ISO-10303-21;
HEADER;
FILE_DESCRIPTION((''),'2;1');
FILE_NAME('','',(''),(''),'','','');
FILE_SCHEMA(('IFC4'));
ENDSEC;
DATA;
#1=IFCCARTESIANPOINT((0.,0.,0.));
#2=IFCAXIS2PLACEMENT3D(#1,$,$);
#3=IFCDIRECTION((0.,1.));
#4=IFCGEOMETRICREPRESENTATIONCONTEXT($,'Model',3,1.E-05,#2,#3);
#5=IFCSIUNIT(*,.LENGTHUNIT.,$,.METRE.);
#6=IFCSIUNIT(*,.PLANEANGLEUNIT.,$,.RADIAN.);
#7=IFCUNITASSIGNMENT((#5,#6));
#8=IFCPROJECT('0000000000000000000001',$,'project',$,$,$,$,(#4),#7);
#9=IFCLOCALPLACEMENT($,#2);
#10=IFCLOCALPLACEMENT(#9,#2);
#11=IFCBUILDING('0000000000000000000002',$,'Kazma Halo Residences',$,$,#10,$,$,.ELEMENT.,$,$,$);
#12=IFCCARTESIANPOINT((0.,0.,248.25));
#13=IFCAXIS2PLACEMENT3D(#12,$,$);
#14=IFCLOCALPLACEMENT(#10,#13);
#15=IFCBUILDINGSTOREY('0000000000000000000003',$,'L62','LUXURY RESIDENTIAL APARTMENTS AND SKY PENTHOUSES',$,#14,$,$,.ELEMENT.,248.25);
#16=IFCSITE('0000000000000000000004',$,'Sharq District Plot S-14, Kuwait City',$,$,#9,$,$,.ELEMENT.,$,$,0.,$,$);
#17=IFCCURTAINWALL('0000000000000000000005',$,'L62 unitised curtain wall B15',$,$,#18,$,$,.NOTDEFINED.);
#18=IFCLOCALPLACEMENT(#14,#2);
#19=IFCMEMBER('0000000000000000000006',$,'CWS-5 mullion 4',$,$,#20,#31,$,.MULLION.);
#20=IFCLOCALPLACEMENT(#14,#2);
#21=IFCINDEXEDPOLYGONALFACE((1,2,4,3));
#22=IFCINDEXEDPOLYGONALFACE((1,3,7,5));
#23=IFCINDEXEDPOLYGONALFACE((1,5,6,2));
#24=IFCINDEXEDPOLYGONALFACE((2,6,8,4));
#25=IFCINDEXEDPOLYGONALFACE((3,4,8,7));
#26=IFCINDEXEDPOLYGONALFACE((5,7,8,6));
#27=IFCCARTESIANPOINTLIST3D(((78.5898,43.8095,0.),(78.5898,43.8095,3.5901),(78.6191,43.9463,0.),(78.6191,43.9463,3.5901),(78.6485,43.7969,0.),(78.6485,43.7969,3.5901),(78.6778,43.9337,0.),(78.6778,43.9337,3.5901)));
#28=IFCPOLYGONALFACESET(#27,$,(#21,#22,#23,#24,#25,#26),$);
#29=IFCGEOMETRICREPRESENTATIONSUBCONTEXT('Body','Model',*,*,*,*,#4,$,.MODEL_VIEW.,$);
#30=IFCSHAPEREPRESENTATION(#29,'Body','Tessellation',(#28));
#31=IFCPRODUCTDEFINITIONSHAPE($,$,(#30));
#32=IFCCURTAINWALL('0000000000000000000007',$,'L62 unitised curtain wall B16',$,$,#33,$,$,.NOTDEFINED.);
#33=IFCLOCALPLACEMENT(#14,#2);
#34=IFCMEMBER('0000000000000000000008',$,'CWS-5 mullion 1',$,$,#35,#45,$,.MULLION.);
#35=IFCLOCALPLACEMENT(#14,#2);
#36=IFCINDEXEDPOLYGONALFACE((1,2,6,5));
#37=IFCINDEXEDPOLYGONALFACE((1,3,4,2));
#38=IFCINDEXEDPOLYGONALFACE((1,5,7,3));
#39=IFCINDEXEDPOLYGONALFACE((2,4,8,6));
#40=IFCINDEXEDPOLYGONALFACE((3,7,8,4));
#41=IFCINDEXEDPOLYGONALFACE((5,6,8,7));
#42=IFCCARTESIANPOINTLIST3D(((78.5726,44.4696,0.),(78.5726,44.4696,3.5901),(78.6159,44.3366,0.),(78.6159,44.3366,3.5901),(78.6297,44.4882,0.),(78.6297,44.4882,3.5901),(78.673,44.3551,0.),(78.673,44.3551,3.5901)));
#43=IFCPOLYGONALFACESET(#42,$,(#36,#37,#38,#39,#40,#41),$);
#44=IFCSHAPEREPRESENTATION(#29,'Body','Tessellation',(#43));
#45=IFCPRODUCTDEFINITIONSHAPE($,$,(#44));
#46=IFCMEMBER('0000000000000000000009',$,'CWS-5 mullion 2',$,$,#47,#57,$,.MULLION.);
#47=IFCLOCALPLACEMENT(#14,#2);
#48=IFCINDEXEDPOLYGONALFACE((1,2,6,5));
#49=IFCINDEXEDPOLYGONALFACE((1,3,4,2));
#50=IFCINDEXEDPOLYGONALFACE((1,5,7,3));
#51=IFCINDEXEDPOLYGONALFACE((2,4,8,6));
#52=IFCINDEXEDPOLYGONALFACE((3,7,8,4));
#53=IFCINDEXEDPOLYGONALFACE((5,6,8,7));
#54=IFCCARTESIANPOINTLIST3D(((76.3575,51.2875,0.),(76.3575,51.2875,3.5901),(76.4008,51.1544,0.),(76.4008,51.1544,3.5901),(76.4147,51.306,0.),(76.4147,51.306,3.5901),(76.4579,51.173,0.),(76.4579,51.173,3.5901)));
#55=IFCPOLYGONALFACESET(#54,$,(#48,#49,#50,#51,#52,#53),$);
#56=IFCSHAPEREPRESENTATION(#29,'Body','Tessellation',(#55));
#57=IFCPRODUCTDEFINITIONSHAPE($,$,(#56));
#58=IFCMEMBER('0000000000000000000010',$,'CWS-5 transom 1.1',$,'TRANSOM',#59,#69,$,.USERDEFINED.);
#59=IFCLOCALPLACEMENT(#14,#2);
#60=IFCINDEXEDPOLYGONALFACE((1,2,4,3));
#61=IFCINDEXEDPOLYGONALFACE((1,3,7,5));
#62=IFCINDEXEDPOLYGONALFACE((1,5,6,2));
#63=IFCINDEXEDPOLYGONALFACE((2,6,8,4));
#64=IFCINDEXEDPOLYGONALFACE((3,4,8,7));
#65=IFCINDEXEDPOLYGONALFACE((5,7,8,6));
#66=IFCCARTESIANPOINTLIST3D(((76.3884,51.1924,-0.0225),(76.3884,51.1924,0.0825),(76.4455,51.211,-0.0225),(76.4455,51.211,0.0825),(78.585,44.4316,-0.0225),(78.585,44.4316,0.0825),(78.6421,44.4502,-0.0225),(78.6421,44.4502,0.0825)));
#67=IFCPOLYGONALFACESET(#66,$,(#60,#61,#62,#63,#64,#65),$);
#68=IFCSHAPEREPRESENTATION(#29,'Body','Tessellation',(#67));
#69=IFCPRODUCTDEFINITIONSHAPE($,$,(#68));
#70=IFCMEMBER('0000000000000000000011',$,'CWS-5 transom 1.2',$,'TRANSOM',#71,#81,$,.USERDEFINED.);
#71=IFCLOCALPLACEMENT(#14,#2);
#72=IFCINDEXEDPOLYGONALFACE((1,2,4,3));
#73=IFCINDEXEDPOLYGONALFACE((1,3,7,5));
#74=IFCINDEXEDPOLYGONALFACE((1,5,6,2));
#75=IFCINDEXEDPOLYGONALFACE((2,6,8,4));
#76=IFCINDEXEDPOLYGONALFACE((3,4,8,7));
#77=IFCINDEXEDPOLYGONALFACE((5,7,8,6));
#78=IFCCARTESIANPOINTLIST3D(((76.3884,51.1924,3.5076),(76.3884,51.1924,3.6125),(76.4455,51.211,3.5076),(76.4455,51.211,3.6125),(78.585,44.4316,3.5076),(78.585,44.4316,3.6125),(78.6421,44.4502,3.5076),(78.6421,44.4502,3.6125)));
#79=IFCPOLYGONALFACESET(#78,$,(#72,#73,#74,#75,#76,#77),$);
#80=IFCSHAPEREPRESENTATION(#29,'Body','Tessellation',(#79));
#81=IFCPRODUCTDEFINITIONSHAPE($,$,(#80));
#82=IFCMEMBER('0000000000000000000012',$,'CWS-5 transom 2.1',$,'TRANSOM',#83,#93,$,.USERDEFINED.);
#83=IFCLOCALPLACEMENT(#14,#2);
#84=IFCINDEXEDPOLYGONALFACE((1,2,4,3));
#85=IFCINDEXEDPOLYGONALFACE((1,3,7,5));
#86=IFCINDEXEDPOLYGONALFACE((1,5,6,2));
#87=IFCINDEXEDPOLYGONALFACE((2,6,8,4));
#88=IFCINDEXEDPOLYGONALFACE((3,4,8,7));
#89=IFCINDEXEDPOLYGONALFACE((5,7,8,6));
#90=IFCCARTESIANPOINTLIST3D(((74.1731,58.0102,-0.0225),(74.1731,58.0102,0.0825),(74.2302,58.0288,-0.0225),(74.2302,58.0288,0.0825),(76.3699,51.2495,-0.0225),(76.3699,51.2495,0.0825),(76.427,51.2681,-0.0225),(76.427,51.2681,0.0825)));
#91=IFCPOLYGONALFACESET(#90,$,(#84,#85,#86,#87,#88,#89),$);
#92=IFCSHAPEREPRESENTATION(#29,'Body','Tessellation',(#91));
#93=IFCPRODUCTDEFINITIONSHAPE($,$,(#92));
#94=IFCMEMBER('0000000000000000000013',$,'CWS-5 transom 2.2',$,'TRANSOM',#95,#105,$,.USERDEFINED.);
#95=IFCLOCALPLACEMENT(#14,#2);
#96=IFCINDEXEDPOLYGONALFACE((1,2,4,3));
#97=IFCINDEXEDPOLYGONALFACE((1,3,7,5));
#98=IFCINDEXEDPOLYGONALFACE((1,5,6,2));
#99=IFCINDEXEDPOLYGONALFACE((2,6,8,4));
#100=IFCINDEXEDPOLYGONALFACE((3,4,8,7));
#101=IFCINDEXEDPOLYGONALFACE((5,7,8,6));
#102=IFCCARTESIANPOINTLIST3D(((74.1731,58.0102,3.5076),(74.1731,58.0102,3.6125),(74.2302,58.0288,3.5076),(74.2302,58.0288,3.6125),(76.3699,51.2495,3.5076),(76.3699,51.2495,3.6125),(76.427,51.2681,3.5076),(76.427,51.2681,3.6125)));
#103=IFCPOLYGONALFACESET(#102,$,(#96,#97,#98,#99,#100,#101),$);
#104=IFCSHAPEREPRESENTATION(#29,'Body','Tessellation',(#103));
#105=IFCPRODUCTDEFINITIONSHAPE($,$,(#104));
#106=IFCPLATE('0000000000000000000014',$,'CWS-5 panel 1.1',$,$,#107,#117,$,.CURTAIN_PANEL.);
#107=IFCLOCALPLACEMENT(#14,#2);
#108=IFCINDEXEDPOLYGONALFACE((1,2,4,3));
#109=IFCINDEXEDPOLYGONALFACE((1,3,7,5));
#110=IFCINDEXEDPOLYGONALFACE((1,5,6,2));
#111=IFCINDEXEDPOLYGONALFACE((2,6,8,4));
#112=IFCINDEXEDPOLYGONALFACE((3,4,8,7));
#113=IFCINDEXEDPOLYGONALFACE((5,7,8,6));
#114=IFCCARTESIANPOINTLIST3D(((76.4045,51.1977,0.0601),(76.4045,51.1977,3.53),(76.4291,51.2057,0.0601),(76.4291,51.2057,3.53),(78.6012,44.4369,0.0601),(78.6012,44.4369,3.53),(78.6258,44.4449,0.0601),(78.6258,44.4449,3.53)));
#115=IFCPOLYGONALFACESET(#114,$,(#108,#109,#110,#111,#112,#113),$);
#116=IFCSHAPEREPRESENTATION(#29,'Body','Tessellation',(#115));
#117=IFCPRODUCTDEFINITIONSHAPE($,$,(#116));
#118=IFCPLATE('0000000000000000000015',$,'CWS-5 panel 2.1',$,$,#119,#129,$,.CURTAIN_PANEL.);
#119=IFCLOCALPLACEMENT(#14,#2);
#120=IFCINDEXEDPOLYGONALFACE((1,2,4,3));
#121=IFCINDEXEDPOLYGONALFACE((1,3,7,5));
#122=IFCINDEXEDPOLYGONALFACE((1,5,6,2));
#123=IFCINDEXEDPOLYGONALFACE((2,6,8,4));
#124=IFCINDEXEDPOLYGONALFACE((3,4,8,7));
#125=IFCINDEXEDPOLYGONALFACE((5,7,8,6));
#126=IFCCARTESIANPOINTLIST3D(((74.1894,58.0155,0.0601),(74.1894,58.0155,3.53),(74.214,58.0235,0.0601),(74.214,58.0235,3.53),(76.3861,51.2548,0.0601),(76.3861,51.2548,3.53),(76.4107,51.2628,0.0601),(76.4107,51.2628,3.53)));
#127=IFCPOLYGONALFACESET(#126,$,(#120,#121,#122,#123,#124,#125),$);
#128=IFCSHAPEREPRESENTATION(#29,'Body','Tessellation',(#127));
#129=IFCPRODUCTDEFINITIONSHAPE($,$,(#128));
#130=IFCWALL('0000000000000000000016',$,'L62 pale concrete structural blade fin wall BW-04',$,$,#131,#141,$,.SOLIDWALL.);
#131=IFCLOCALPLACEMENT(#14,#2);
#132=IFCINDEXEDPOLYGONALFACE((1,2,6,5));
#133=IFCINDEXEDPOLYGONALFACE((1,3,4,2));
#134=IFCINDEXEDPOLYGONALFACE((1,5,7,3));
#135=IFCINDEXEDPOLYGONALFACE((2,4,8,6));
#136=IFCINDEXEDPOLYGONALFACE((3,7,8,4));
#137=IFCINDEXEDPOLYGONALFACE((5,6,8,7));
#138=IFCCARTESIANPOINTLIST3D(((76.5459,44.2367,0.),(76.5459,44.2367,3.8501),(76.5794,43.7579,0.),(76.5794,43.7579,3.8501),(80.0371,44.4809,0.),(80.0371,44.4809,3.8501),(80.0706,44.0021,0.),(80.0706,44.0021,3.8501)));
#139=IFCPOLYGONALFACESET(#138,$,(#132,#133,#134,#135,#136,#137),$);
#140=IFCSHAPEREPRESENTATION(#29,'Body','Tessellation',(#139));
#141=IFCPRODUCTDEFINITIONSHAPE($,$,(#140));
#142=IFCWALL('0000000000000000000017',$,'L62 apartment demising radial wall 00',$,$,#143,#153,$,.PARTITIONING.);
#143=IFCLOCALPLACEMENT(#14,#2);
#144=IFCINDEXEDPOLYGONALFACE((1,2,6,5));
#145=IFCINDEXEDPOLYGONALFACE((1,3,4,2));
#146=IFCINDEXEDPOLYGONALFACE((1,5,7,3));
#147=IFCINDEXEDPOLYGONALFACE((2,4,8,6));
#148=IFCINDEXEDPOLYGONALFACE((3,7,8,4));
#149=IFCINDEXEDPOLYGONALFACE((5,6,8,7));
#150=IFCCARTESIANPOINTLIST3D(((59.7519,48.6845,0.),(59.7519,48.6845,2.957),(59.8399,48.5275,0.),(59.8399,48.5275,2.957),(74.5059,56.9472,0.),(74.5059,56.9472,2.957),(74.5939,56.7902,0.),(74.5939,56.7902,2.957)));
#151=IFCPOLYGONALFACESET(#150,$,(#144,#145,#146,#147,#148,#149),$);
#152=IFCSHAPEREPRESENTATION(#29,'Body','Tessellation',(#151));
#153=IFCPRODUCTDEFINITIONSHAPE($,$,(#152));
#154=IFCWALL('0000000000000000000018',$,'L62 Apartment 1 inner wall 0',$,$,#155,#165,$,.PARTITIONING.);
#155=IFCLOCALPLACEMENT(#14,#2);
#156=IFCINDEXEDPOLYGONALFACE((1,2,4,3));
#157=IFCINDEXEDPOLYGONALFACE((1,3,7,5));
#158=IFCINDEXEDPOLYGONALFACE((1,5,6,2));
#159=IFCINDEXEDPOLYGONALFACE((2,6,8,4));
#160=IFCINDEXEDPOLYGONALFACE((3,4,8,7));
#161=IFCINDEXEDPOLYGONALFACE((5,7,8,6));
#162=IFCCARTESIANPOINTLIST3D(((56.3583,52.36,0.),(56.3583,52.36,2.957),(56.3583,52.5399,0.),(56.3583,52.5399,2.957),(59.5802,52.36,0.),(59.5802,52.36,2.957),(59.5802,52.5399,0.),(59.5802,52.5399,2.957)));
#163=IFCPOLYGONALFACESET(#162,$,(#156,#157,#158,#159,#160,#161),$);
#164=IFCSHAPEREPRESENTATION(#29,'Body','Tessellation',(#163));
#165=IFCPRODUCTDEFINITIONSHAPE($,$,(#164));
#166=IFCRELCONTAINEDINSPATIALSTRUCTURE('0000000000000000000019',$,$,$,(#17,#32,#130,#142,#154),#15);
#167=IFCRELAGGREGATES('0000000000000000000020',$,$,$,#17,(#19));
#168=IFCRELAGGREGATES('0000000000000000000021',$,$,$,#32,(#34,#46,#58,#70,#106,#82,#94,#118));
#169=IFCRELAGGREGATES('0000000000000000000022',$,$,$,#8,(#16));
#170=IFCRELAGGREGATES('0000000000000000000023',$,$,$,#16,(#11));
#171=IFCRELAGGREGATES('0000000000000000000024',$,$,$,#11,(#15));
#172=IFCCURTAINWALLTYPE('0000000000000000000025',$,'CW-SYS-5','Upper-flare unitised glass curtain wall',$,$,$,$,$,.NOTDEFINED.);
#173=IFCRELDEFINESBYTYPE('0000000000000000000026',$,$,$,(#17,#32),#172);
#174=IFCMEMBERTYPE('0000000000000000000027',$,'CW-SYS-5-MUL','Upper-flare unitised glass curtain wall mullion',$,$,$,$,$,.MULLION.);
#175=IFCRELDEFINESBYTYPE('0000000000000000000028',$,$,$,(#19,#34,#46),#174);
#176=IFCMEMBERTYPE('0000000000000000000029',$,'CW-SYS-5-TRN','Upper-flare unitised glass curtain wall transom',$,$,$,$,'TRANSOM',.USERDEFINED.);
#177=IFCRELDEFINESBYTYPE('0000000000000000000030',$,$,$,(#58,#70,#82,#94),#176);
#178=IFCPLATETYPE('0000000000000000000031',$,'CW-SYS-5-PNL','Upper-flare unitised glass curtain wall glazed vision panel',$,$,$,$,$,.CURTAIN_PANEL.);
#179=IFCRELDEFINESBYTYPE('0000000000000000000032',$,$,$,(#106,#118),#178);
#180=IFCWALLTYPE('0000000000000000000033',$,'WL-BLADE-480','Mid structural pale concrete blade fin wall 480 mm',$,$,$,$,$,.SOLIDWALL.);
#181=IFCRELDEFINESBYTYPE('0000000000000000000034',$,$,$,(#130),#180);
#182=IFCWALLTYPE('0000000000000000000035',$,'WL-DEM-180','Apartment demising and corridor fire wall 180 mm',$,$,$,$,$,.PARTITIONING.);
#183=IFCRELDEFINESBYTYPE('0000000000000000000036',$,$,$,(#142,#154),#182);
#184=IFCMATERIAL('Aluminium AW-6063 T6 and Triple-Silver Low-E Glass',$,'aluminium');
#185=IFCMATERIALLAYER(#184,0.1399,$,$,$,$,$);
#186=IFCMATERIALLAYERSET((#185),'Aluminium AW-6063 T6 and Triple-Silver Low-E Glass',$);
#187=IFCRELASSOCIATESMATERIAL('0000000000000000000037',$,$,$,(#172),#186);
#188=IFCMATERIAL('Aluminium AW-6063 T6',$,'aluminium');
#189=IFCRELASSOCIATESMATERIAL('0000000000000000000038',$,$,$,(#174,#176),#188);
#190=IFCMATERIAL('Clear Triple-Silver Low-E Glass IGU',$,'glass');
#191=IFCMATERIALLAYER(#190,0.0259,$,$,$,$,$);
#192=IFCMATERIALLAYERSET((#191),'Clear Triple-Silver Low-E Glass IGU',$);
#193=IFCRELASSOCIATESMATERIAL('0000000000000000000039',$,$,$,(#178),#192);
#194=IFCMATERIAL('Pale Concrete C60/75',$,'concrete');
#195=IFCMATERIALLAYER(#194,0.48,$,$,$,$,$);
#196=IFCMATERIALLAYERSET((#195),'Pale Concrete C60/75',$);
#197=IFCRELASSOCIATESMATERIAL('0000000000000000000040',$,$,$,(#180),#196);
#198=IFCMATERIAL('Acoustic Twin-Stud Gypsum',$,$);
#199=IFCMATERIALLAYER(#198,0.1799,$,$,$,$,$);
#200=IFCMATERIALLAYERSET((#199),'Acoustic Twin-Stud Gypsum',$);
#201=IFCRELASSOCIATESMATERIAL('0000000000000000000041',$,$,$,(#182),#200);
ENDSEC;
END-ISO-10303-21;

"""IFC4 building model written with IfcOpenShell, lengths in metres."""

from ifc_helpers import new_model, si_unit, direction, frame, frame_2d, origin, origin_2d, place, context, subcontext, project, spatial, rectangle, extrude, material, layer, layer_set, material_profile, profile_set, type_object, element, aggregate, save


model = new_model("IFC4")

# Units and contexts
model_context = context("Model", 3, precision=1e-05, world=origin(), true_north=direction((0.0, 1.0)))
body_context = subcontext(model_context, "Body", "Model", "MODEL_VIEW")
ifc_project = project(units=[si_unit("LENGTHUNIT", "METRE"), si_unit("PLANEANGLEUNIT", "RADIAN")], contexts=[model_context])

# Site, building, storey
site_placement = place(None, origin())
site = spatial("IfcSite", under=ifc_project, at=site_placement, Name="Sharq District Plot S-14, Kuwait City", CompositionType="ELEMENT", RefElevation=0.0)
building_placement = place(site_placement, origin())
building = spatial("IfcBuilding", under=site, at=building_placement, Name="Kazma Halo Residences", CompositionType="ELEMENT")
storey_placement = place(building_placement, frame((0.0, 0.0, 248.25)))
storey = spatial("IfcBuildingStorey", under=building, at=storey_placement, Name="L62", Description="LUXURY RESIDENTIAL APARTMENTS AND SKY PENTHOUSES", CompositionType="ELEMENT", Elevation=248.25)

# Curtain wall, member
ifc_material_1 = material(Name="Aluminium AW-6063 T6 and Triple-Silver Low-E Glass", Category="aluminium")
ifc_layer_1 = layer(ifc_material_1, 0.1399)
ifc_layer_set_1 = layer_set([ifc_layer_1], Name="Aluminium AW-6063 T6 and Triple-Silver Low-E Glass")
curtain_wall_type = type_object("IfcCurtainWallType", Name="CW-SYS-5", Description="Upper-flare unitised glass curtain wall", PredefinedType="NOTDEFINED", material=ifc_layer_set_1)
curtain_wall_1_placement = place(storey_placement, origin())
curtain_wall_1 = element("IfcCurtainWall", 1, at=curtain_wall_1_placement, inside=storey, type_object=curtain_wall_type, Name="L62 unitised curtain wall B15", PredefinedType="NOTDEFINED")
ifc_material_2 = material(Name="Aluminium AW-6063 T6", Category="aluminium")
ifc_material_profile_1 = material_profile(ifc_material_2, rectangle(XDim=0.0601, YDim=0.1399, at=origin_2d()), Name="CWM-60x140")
ifc_profile_set_1 = profile_set([ifc_material_profile_1], Name="Aluminium AW-6063 T6")
member_type_1 = type_object("IfcMemberType", Name="CW-SYS-5-MUL", Description="Upper-flare unitised glass curtain wall mullion", PredefinedType="MULLION", material=ifc_profile_set_1)
member_1_placement = place(storey_placement, frame((78.6338, 43.8716, 0.0), z_axis=(0.0, 0.0, 1.0), x_axis=(-0.977775, 0.209657, 0.0)))
member_1 = element("IfcMember", 2, at=member_1_placement, type_object=member_type_1, Name="CWS-5 mullion 4", PredefinedType="MULLION", context=body_context, shape_type="SweptSolid", body=[
    extrude(rectangle(XDim=0.0601, YDim=0.1399, at=origin_2d()), origin(), (0.0, 0.0, 1.0), 3.5901),
])
aggregate(curtain_wall_1, [member_1])

# Curtain wall, members, plates
curtain_wall_2_placement = place(storey_placement, origin())
curtain_wall_2 = element("IfcCurtainWall", 3, at=curtain_wall_2_placement, inside=storey, type_object=curtain_wall_type, Name="L62 unitised curtain wall B16", PredefinedType="NOTDEFINED")
member_2_placement = place(storey_placement, frame((78.6228, 44.4124, 0.0), z_axis=(0.0, 0.0, 1.0), x_axis=(-0.951058, -0.309011, 0.0)))
member_2 = element("IfcMember", 4, at=member_2_placement, type_object=member_type_1, Name="CWS-5 mullion 1", PredefinedType="MULLION", context=body_context, shape_type="SweptSolid", body=[
    extrude(rectangle(XDim=0.0601, YDim=0.1399, at=origin_2d()), origin(), (0.0, 0.0, 1.0), 3.5901),
])
member_3_placement = place(storey_placement, frame((76.4077, 51.2302, 0.0), z_axis=(0.0, 0.0, 1.0), x_axis=(-0.951058, -0.309011, 0.0)))
member_3 = element("IfcMember", 5, at=member_3_placement, type_object=member_type_1, Name="CWS-5 mullion 2", PredefinedType="MULLION", context=body_context, shape_type="SweptSolid", body=[
    extrude(rectangle(XDim=0.0601, YDim=0.1399, at=origin_2d()), origin(), (0.0, 0.0, 1.0), 3.5901),
])
ifc_material_profile_2 = material_profile(ifc_material_2, rectangle(XDim=0.0601, YDim=0.105, at=origin_2d()), Name="CWT-60x105")
ifc_profile_set_2 = profile_set([ifc_material_profile_2], Name="Aluminium AW-6063 T6")
member_type_2 = type_object("IfcMemberType", Name="CW-SYS-5-TRN", Description="Upper-flare unitised glass curtain wall transom", ElementType="TRANSOM", PredefinedType="USERDEFINED", material=ifc_profile_set_2)
member_4_placement = place(storey_placement, frame((78.6135, 44.4409, 0.03), z_axis=(-0.308996, 0.951063, 0.0), x_axis=(-0.951063, -0.308996, 0.0)))
member_4 = element("IfcMember", 6, at=member_4_placement, type_object=member_type_2, Name="CWS-5 transom 1.1", ObjectType="TRANSOM", PredefinedType="USERDEFINED", context=body_context, shape_type="SweptSolid", body=[
    extrude(rectangle(XDim=0.0601, YDim=0.105, at=origin_2d()), origin(), (0.0, 0.0, 1.0), 7.1086),
])
member_5_placement = place(storey_placement, frame((78.6135, 44.4409, 3.5601), z_axis=(-0.308996, 0.951063, 0.0), x_axis=(-0.951063, -0.308996, 0.0)))
member_5 = element("IfcMember", 7, at=member_5_placement, type_object=member_type_2, Name="CWS-5 transom 1.2", ObjectType="TRANSOM", PredefinedType="USERDEFINED", context=body_context, shape_type="SweptSolid", body=[
    extrude(rectangle(XDim=0.0601, YDim=0.105, at=origin_2d()), origin(), (0.0, 0.0, 1.0), 7.1086),
])
member_6_placement = place(storey_placement, frame((76.3984, 51.2588, 0.03), z_axis=(-0.309027, 0.951053, 0.0), x_axis=(-0.951053, -0.309027, 0.0)))
member_6 = element("IfcMember", 8, at=member_6_placement, type_object=member_type_2, Name="CWS-5 transom 2.1", ObjectType="TRANSOM", PredefinedType="USERDEFINED", context=body_context, shape_type="SweptSolid", body=[
    extrude(rectangle(XDim=0.0601, YDim=0.105, at=origin_2d()), origin(), (0.0, 0.0, 1.0), 7.1086),
])
member_7_placement = place(storey_placement, frame((76.3984, 51.2588, 3.5601), z_axis=(-0.309027, 0.951053, 0.0), x_axis=(-0.951053, -0.309027, 0.0)))
member_7 = element("IfcMember", 9, at=member_7_placement, type_object=member_type_2, Name="CWS-5 transom 2.2", ObjectType="TRANSOM", PredefinedType="USERDEFINED", context=body_context, shape_type="SweptSolid", body=[
    extrude(rectangle(XDim=0.0601, YDim=0.105, at=origin_2d()), origin(), (0.0, 0.0, 1.0), 7.1086),
])
ifc_material_3 = material(Name="Clear Triple-Silver Low-E Glass IGU", Category="glass")
ifc_layer_2 = layer(ifc_material_3, 0.0259)
ifc_layer_set_2 = layer_set([ifc_layer_2], Name="Clear Triple-Silver Low-E Glass IGU")
plate_type = type_object("IfcPlateType", Name="CW-SYS-5-PNL", Description="Upper-flare unitised glass curtain wall glazed vision panel", PredefinedType="CURTAIN_PANEL", material=ifc_layer_set_2)
plate_1_placement = place(storey_placement, frame((77.5151, 47.8213, 0.0601), z_axis=(0.0, 0.0, 1.0), x_axis=(-0.309011, 0.951058, 0.0)))
plate_1 = element("IfcPlate", 10, at=plate_1_placement, type_object=plate_type, Name="CWS-5 panel 1.1", PredefinedType="CURTAIN_PANEL", context=body_context, shape_type="SweptSolid", body=[
    extrude(rectangle(XDim=7.1086, YDim=0.0259, at=origin_2d()), origin(), (0.0, 0.0, 1.0), 3.47),
])
plate_2_placement = place(storey_placement, frame((75.3, 54.6392, 0.0601), z_axis=(0.0, 0.0, 1.0), x_axis=(-0.309011, 0.951058, 0.0)))
plate_2 = element("IfcPlate", 11, at=plate_2_placement, type_object=plate_type, Name="CWS-5 panel 2.1", PredefinedType="CURTAIN_PANEL", context=body_context, shape_type="SweptSolid", body=[
    extrude(rectangle(XDim=7.1086, YDim=0.0259, at=origin_2d()), origin(), (0.0, 0.0, 1.0), 3.47),
])
aggregate(curtain_wall_2, [member_2, member_3, member_4, member_5, plate_1, member_6, member_7, plate_2])

# Walls
ifc_material_4 = material(Name="Pale Concrete C60/75", Category="concrete")
ifc_layer_3 = layer(ifc_material_4, 0.48)
ifc_layer_set_3 = layer_set([ifc_layer_3], Name="Pale Concrete C60/75")
wall_type_1 = type_object("IfcWallType", Name="WL-BLADE-480", Description="Mid structural pale concrete blade fin wall 480 mm", PredefinedType="SOLIDWALL", material=ifc_layer_set_3)
wall_1_placement = place(storey_placement, frame((76.5625, 43.9973, 0.0), z_axis=(0.0, 0.0, 1.0), x_axis=(0.997564, 0.06976, 0.0)))
element("IfcWall", 12, at=wall_1_placement, inside=storey, type_object=wall_type_1, Name="L62 pale concrete structural blade fin wall BW-04", PredefinedType="SOLIDWALL", context=body_context, shape_type="SweptSolid", body=[
    extrude(rectangle(XDim=3.4998, YDim=0.48, at=frame_2d((1.75, 0.0))), origin(), (0.0, 0.0, 1.0), 3.8501),
])
ifc_material_5 = material(Name="Acoustic Twin-Stud Gypsum")
ifc_layer_4 = layer(ifc_material_5, 0.1799)
ifc_layer_set_4 = layer_set([ifc_layer_4], Name="Acoustic Twin-Stud Gypsum")
wall_type_2 = type_object("IfcWallType", Name="WL-DEM-180", Description="Apartment demising and corridor fire wall 180 mm", PredefinedType="PARTITIONING", material=ifc_layer_set_4)
wall_2_placement = place(storey_placement, frame((59.7959, 48.606, 0.0), z_axis=(0.0, 0.0, 1.0), x_axis=(0.872493, 0.488626, 0.0)))
element("IfcWall", 13, at=wall_2_placement, inside=storey, type_object=wall_type_2, Name="L62 apartment demising radial wall 00", PredefinedType="PARTITIONING", context=body_context, shape_type="SweptSolid", body=[
    extrude(rectangle(XDim=16.9102, YDim=0.1799, at=frame_2d((8.4551, 0.0))), origin(), (0.0, 0.0, 1.0), 2.957),
])
wall_3_placement = place(storey_placement, frame((59.5801, 52.45, 0.0), z_axis=(0.0, 0.0, 1.0), x_axis=(-1.0, 0.0, 0.0)))
element("IfcWall", 14, at=wall_3_placement, inside=storey, type_object=wall_type_2, Name="L62 Apartment 1 inner wall 0", PredefinedType="PARTITIONING", context=body_context, shape_type="SweptSolid", body=[
    extrude(rectangle(XDim=3.2219, YDim=0.1799, at=frame_2d((1.6108, 0.0))), origin(), (0.0, 0.0, 1.0), 2.957),
])

save(model, "model.ifc")
